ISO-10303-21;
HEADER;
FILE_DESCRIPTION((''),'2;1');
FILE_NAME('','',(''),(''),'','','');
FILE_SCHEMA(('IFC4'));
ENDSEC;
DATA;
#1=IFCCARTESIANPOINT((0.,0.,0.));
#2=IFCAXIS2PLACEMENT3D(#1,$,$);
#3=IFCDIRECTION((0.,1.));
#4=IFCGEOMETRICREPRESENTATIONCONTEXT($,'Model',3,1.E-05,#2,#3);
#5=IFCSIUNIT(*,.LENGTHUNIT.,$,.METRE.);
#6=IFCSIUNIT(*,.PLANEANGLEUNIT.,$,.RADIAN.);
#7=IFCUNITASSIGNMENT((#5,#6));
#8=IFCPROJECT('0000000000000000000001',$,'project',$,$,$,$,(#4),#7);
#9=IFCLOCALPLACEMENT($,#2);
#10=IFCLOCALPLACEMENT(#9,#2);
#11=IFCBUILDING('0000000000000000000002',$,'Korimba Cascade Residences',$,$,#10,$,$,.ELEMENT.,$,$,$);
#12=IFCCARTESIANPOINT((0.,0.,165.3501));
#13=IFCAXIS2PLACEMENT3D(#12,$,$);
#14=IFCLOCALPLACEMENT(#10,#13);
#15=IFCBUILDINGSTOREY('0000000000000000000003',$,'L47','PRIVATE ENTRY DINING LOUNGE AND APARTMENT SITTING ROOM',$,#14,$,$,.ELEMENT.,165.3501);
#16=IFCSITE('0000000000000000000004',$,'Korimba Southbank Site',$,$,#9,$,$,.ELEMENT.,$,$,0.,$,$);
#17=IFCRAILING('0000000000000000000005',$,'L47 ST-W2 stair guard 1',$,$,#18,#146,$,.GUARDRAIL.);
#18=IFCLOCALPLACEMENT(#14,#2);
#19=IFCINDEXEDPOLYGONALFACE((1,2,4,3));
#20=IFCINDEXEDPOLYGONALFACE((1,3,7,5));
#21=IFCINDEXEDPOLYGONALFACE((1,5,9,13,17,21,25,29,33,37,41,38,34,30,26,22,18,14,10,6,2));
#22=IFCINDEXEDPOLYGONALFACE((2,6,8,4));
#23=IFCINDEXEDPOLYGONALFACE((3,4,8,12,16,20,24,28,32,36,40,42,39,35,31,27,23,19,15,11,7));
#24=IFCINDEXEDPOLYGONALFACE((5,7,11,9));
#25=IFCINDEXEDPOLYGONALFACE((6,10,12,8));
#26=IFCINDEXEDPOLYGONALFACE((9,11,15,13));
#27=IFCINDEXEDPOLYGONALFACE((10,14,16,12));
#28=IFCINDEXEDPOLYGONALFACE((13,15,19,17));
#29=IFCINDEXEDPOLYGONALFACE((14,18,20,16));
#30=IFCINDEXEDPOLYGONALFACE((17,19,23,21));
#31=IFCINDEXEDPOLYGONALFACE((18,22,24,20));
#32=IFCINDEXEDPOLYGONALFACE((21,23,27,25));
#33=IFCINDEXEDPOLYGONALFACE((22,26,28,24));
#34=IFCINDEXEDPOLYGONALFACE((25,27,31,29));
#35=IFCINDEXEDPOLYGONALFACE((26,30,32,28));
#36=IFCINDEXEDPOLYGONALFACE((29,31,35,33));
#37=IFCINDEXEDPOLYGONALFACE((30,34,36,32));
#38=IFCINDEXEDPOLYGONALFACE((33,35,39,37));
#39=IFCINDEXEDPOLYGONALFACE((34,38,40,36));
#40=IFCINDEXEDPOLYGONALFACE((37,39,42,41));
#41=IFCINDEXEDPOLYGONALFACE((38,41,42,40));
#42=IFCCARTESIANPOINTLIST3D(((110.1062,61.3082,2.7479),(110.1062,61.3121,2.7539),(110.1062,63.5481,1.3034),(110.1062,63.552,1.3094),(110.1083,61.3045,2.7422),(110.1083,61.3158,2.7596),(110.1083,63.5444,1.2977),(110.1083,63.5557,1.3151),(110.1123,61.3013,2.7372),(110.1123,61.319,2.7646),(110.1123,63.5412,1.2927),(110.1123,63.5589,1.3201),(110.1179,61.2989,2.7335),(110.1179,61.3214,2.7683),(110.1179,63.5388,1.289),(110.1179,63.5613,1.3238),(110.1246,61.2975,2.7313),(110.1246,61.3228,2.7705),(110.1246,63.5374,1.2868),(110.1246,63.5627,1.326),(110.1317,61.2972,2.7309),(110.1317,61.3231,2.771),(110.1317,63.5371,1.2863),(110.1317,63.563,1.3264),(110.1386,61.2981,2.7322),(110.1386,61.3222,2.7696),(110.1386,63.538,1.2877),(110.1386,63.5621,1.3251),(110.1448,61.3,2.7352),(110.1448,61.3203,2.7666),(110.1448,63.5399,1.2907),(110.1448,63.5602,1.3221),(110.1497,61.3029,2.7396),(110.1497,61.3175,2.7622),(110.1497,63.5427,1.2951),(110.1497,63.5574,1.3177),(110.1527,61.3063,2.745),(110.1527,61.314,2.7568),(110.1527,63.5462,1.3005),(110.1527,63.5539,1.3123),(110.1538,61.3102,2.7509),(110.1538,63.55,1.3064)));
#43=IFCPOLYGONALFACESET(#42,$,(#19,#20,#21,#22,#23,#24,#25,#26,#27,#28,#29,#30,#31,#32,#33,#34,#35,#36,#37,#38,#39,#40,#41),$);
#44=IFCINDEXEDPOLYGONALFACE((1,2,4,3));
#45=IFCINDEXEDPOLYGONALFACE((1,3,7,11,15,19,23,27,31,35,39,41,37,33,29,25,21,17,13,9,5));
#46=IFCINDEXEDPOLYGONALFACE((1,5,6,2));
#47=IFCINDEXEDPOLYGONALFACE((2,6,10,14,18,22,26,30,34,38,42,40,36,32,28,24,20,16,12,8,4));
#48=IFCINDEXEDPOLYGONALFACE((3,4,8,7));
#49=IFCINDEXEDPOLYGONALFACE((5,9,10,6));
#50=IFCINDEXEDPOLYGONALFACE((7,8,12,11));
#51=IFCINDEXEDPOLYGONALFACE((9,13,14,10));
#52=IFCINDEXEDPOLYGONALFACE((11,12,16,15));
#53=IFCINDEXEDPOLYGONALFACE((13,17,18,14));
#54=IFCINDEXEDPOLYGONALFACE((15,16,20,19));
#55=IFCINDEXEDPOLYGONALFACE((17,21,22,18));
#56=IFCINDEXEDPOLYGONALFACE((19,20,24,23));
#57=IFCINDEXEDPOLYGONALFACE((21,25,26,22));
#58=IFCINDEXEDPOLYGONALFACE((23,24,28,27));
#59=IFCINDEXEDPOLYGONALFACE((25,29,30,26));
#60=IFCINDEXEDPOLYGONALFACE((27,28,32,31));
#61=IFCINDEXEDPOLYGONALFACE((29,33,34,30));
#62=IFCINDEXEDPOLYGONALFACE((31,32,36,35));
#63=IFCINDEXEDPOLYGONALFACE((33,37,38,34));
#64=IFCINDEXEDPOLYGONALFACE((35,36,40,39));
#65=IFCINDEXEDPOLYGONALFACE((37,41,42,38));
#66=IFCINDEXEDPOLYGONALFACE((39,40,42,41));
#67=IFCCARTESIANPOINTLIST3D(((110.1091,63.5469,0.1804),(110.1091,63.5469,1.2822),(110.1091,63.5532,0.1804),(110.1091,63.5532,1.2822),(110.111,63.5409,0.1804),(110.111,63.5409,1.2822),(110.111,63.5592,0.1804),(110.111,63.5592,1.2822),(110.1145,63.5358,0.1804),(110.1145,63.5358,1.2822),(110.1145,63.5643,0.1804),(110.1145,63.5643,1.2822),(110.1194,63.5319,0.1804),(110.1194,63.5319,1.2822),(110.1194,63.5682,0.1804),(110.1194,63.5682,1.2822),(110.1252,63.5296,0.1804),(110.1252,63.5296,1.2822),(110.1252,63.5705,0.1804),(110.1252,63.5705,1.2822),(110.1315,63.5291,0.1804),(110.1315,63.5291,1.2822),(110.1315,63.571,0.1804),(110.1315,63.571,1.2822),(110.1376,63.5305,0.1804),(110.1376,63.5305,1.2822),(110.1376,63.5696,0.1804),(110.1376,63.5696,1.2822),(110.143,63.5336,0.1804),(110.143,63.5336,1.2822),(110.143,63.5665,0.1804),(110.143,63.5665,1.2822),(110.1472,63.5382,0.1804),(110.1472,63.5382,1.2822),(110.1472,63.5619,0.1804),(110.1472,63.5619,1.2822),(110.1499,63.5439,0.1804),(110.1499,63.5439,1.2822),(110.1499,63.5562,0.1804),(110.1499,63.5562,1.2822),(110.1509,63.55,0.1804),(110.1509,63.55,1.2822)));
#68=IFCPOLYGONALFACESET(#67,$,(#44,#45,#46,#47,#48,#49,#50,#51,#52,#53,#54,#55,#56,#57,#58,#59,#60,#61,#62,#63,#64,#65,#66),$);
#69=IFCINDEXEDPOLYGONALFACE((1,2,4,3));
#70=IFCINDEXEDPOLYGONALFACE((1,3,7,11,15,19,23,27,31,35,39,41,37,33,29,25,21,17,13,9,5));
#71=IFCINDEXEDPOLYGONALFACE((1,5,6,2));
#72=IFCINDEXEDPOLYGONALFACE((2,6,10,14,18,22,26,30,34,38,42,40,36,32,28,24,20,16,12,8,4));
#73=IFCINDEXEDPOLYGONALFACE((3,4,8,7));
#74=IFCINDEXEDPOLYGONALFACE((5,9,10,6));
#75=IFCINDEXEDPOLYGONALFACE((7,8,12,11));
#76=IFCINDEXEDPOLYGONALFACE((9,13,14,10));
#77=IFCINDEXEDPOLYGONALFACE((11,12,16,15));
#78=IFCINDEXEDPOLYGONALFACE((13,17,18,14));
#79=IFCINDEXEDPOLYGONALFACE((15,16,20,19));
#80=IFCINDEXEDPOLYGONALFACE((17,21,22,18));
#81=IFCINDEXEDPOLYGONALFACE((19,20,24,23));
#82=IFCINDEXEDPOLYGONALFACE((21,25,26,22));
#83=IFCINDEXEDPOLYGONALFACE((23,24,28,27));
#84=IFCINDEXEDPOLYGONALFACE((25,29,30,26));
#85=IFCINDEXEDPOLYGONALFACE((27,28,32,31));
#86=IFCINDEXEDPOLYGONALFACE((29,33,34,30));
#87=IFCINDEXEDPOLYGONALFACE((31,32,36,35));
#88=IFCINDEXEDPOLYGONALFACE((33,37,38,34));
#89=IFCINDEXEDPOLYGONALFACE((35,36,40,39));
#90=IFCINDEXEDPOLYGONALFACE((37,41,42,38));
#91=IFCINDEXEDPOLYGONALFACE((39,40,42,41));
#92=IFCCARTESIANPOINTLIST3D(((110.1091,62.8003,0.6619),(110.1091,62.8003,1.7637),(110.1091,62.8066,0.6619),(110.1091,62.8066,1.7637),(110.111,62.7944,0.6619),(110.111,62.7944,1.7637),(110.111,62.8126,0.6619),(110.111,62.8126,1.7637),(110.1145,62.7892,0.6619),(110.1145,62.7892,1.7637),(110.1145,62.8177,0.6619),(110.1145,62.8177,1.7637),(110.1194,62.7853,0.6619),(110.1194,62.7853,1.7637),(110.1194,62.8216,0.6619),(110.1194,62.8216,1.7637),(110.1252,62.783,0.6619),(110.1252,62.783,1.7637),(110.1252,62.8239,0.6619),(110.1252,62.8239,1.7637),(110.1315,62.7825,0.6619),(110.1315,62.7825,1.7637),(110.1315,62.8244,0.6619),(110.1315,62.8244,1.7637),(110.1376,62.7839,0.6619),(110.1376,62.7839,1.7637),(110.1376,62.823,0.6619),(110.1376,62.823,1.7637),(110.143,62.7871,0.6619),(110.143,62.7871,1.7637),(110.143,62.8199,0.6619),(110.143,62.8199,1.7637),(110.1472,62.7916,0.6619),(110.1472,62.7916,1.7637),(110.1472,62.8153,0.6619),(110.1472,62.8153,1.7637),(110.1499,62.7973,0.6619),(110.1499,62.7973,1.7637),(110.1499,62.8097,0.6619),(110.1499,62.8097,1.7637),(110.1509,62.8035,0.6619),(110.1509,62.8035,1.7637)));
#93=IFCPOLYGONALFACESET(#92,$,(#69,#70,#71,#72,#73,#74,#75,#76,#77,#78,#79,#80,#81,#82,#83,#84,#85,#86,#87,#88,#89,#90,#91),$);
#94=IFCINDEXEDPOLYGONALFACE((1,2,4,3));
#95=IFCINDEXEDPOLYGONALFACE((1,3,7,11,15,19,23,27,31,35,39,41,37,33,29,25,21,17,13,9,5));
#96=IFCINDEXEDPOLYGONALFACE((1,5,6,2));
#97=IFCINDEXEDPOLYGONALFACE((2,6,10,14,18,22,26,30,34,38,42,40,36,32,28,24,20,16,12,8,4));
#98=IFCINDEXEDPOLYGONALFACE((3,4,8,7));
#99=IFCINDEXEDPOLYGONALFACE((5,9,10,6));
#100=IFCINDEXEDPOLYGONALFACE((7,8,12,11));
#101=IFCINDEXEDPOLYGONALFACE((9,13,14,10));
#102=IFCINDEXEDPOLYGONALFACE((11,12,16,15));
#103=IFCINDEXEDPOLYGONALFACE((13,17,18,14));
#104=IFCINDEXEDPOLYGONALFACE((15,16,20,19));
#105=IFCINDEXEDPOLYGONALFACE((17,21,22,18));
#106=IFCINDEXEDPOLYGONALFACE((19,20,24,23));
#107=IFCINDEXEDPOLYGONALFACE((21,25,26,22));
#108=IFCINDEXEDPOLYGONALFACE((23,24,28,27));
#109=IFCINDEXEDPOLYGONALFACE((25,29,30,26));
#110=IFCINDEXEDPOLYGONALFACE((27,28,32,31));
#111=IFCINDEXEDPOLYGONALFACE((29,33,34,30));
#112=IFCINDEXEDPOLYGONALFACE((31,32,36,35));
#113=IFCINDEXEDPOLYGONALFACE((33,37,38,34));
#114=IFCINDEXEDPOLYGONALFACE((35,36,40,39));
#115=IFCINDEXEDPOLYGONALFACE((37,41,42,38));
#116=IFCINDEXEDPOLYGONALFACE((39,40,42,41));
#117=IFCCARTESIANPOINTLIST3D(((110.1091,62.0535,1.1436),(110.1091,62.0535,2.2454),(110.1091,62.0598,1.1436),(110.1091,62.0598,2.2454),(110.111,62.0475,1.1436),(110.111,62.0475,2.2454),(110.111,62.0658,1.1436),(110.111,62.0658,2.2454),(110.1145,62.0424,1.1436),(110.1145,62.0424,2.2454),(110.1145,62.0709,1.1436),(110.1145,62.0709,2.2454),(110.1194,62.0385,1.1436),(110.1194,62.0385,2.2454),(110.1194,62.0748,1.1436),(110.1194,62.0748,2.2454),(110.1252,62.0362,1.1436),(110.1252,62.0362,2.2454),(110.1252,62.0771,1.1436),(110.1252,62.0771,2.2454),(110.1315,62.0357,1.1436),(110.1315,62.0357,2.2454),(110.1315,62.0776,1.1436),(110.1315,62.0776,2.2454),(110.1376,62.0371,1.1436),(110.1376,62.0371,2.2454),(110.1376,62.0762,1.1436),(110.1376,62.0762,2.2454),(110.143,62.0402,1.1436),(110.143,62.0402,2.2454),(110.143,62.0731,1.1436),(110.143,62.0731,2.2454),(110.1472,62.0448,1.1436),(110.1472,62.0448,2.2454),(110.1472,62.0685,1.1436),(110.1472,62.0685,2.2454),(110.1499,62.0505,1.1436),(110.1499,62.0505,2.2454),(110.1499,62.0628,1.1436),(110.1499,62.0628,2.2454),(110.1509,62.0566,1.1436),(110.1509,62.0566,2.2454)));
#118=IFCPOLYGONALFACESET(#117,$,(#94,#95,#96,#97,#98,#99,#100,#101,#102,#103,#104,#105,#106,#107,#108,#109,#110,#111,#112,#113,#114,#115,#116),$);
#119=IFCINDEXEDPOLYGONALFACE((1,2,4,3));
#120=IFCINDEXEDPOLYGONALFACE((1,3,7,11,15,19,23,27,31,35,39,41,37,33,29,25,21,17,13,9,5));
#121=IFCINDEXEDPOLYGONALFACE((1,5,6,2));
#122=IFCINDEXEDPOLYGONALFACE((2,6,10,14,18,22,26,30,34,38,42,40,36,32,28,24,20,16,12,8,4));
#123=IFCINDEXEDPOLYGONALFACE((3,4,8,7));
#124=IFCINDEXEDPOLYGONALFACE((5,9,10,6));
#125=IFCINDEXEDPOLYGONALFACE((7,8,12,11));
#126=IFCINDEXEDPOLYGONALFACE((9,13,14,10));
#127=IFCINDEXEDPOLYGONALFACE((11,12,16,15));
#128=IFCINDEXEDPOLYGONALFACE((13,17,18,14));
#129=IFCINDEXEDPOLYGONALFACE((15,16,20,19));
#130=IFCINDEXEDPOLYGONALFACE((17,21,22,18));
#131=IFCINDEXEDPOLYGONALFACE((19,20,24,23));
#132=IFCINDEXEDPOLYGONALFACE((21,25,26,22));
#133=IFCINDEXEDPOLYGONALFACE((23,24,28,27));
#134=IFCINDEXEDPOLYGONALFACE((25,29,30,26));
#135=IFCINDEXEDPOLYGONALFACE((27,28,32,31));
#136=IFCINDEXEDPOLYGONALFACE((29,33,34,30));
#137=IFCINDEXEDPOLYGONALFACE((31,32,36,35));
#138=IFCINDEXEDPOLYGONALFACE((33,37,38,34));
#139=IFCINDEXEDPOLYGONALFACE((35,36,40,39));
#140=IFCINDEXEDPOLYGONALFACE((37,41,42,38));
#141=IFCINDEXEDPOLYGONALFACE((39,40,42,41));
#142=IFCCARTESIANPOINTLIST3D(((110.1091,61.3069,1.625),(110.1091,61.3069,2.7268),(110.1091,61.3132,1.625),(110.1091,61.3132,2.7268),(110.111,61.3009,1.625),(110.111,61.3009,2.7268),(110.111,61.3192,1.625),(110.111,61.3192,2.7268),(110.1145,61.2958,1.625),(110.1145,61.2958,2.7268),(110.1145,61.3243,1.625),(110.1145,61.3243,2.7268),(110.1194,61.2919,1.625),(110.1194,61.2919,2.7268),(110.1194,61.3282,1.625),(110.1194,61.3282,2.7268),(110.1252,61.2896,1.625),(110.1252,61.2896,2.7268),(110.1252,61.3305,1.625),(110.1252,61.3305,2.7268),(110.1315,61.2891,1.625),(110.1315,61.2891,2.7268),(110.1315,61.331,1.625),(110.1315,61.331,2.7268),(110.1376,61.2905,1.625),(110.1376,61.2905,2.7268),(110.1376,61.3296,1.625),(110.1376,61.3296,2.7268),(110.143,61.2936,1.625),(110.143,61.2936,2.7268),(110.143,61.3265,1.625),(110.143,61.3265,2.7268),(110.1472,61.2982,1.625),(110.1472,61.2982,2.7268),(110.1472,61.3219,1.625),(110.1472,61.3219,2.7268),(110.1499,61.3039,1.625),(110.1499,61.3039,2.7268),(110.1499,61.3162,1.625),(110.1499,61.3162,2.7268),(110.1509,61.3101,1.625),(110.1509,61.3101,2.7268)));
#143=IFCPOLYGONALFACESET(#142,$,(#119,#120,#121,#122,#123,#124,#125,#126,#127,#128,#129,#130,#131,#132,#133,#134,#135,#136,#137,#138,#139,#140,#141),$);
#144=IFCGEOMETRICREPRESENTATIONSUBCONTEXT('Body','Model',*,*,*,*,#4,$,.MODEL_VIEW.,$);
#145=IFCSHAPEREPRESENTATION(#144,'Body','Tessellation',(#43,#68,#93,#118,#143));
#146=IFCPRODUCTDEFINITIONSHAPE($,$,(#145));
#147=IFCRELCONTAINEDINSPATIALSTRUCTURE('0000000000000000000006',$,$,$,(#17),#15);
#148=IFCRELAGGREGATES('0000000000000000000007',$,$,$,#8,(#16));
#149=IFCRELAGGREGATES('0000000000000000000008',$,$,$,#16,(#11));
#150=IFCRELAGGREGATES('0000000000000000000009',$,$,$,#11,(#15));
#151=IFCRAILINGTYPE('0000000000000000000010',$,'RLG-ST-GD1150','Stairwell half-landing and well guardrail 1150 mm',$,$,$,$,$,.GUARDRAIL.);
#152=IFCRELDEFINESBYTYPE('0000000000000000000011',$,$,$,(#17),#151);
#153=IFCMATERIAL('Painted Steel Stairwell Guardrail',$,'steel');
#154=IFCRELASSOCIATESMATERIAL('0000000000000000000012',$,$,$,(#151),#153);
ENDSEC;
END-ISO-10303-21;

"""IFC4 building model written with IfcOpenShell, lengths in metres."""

from ifc_helpers import new_model, si_unit, direction, frame, origin, origin_2d, place, context, subcontext, project, spatial, circle, extrude, material, type_object, element, save


model = new_model("IFC4")

# Units and contexts
model_context = context("Model", 3, precision=1e-05, world=origin(), true_north=direction((0.0, 1.0)))
body_context = subcontext(model_context, "Body", "Model", "MODEL_VIEW")
ifc_project = project(units=[si_unit("LENGTHUNIT", "METRE"), si_unit("PLANEANGLEUNIT", "RADIAN")], contexts=[model_context])

# Site, building, storey
site_placement = place(None, origin())
site = spatial("IfcSite", under=ifc_project, at=site_placement, Name="Korimba Southbank Site", CompositionType="ELEMENT", RefElevation=0.0)
building_placement = place(site_placement, origin())
building = spatial("IfcBuilding", under=site, at=building_placement, Name="Korimba Cascade Residences", CompositionType="ELEMENT")
storey_placement = place(building_placement, frame((0.0, 0.0, 165.3501)))
storey = spatial("IfcBuildingStorey", under=building, at=storey_placement, Name="L47", Description="PRIVATE ENTRY DINING LOUNGE AND APARTMENT SITTING ROOM", CompositionType="ELEMENT", Elevation=165.3501)

# Railing
ifc_material_1 = material(Name="Painted Steel Stairwell Guardrail", Category="steel")
railing_type_1 = type_object("IfcRailingType", Name="RLG-ST-GD1150", Description="Stairwell half-landing and well guardrail 1150 mm", PredefinedType="GUARDRAIL", material=ifc_material_1)
railing_1_placement = place(storey_placement, frame((110.1299, 63.55, 0.1804)))
element("IfcRailing", 1, at=railing_1_placement, inside=storey, type_object=railing_type_1, Name="L47 ST-W2 stair guard 1", PredefinedType="GUARDRAIL", context=body_context, shape_type="SweptSolid", body=[
    extrude(circle(Radius=0.0239, at=origin_2d()), frame((0.0, 0.0, 1.126), z_axis=(0.0, -0.840395, 0.541975), x_axis=(1.0, 0.0, 0.0)), (0.0, 0.0, 1.0), 2.6653),
    extrude(circle(Radius=0.021, at=origin_2d()), origin(), (0.0, 0.0, 1.0), 1.1018),
    extrude(circle(Radius=0.021, at=origin_2d()), frame((0.0, -0.7466, 0.4814)), (0.0, 0.0, 1.0), 1.1018),
    extrude(circle(Radius=0.021, at=origin_2d()), frame((0.0, -1.4934, 0.9631)), (0.0, 0.0, 1.0), 1.1018),
    extrude(circle(Radius=0.021, at=origin_2d()), frame((0.0, -2.24, 1.4446)), (0.0, 0.0, 1.0), 1.1018),
])

save(model, "model.ifc")
